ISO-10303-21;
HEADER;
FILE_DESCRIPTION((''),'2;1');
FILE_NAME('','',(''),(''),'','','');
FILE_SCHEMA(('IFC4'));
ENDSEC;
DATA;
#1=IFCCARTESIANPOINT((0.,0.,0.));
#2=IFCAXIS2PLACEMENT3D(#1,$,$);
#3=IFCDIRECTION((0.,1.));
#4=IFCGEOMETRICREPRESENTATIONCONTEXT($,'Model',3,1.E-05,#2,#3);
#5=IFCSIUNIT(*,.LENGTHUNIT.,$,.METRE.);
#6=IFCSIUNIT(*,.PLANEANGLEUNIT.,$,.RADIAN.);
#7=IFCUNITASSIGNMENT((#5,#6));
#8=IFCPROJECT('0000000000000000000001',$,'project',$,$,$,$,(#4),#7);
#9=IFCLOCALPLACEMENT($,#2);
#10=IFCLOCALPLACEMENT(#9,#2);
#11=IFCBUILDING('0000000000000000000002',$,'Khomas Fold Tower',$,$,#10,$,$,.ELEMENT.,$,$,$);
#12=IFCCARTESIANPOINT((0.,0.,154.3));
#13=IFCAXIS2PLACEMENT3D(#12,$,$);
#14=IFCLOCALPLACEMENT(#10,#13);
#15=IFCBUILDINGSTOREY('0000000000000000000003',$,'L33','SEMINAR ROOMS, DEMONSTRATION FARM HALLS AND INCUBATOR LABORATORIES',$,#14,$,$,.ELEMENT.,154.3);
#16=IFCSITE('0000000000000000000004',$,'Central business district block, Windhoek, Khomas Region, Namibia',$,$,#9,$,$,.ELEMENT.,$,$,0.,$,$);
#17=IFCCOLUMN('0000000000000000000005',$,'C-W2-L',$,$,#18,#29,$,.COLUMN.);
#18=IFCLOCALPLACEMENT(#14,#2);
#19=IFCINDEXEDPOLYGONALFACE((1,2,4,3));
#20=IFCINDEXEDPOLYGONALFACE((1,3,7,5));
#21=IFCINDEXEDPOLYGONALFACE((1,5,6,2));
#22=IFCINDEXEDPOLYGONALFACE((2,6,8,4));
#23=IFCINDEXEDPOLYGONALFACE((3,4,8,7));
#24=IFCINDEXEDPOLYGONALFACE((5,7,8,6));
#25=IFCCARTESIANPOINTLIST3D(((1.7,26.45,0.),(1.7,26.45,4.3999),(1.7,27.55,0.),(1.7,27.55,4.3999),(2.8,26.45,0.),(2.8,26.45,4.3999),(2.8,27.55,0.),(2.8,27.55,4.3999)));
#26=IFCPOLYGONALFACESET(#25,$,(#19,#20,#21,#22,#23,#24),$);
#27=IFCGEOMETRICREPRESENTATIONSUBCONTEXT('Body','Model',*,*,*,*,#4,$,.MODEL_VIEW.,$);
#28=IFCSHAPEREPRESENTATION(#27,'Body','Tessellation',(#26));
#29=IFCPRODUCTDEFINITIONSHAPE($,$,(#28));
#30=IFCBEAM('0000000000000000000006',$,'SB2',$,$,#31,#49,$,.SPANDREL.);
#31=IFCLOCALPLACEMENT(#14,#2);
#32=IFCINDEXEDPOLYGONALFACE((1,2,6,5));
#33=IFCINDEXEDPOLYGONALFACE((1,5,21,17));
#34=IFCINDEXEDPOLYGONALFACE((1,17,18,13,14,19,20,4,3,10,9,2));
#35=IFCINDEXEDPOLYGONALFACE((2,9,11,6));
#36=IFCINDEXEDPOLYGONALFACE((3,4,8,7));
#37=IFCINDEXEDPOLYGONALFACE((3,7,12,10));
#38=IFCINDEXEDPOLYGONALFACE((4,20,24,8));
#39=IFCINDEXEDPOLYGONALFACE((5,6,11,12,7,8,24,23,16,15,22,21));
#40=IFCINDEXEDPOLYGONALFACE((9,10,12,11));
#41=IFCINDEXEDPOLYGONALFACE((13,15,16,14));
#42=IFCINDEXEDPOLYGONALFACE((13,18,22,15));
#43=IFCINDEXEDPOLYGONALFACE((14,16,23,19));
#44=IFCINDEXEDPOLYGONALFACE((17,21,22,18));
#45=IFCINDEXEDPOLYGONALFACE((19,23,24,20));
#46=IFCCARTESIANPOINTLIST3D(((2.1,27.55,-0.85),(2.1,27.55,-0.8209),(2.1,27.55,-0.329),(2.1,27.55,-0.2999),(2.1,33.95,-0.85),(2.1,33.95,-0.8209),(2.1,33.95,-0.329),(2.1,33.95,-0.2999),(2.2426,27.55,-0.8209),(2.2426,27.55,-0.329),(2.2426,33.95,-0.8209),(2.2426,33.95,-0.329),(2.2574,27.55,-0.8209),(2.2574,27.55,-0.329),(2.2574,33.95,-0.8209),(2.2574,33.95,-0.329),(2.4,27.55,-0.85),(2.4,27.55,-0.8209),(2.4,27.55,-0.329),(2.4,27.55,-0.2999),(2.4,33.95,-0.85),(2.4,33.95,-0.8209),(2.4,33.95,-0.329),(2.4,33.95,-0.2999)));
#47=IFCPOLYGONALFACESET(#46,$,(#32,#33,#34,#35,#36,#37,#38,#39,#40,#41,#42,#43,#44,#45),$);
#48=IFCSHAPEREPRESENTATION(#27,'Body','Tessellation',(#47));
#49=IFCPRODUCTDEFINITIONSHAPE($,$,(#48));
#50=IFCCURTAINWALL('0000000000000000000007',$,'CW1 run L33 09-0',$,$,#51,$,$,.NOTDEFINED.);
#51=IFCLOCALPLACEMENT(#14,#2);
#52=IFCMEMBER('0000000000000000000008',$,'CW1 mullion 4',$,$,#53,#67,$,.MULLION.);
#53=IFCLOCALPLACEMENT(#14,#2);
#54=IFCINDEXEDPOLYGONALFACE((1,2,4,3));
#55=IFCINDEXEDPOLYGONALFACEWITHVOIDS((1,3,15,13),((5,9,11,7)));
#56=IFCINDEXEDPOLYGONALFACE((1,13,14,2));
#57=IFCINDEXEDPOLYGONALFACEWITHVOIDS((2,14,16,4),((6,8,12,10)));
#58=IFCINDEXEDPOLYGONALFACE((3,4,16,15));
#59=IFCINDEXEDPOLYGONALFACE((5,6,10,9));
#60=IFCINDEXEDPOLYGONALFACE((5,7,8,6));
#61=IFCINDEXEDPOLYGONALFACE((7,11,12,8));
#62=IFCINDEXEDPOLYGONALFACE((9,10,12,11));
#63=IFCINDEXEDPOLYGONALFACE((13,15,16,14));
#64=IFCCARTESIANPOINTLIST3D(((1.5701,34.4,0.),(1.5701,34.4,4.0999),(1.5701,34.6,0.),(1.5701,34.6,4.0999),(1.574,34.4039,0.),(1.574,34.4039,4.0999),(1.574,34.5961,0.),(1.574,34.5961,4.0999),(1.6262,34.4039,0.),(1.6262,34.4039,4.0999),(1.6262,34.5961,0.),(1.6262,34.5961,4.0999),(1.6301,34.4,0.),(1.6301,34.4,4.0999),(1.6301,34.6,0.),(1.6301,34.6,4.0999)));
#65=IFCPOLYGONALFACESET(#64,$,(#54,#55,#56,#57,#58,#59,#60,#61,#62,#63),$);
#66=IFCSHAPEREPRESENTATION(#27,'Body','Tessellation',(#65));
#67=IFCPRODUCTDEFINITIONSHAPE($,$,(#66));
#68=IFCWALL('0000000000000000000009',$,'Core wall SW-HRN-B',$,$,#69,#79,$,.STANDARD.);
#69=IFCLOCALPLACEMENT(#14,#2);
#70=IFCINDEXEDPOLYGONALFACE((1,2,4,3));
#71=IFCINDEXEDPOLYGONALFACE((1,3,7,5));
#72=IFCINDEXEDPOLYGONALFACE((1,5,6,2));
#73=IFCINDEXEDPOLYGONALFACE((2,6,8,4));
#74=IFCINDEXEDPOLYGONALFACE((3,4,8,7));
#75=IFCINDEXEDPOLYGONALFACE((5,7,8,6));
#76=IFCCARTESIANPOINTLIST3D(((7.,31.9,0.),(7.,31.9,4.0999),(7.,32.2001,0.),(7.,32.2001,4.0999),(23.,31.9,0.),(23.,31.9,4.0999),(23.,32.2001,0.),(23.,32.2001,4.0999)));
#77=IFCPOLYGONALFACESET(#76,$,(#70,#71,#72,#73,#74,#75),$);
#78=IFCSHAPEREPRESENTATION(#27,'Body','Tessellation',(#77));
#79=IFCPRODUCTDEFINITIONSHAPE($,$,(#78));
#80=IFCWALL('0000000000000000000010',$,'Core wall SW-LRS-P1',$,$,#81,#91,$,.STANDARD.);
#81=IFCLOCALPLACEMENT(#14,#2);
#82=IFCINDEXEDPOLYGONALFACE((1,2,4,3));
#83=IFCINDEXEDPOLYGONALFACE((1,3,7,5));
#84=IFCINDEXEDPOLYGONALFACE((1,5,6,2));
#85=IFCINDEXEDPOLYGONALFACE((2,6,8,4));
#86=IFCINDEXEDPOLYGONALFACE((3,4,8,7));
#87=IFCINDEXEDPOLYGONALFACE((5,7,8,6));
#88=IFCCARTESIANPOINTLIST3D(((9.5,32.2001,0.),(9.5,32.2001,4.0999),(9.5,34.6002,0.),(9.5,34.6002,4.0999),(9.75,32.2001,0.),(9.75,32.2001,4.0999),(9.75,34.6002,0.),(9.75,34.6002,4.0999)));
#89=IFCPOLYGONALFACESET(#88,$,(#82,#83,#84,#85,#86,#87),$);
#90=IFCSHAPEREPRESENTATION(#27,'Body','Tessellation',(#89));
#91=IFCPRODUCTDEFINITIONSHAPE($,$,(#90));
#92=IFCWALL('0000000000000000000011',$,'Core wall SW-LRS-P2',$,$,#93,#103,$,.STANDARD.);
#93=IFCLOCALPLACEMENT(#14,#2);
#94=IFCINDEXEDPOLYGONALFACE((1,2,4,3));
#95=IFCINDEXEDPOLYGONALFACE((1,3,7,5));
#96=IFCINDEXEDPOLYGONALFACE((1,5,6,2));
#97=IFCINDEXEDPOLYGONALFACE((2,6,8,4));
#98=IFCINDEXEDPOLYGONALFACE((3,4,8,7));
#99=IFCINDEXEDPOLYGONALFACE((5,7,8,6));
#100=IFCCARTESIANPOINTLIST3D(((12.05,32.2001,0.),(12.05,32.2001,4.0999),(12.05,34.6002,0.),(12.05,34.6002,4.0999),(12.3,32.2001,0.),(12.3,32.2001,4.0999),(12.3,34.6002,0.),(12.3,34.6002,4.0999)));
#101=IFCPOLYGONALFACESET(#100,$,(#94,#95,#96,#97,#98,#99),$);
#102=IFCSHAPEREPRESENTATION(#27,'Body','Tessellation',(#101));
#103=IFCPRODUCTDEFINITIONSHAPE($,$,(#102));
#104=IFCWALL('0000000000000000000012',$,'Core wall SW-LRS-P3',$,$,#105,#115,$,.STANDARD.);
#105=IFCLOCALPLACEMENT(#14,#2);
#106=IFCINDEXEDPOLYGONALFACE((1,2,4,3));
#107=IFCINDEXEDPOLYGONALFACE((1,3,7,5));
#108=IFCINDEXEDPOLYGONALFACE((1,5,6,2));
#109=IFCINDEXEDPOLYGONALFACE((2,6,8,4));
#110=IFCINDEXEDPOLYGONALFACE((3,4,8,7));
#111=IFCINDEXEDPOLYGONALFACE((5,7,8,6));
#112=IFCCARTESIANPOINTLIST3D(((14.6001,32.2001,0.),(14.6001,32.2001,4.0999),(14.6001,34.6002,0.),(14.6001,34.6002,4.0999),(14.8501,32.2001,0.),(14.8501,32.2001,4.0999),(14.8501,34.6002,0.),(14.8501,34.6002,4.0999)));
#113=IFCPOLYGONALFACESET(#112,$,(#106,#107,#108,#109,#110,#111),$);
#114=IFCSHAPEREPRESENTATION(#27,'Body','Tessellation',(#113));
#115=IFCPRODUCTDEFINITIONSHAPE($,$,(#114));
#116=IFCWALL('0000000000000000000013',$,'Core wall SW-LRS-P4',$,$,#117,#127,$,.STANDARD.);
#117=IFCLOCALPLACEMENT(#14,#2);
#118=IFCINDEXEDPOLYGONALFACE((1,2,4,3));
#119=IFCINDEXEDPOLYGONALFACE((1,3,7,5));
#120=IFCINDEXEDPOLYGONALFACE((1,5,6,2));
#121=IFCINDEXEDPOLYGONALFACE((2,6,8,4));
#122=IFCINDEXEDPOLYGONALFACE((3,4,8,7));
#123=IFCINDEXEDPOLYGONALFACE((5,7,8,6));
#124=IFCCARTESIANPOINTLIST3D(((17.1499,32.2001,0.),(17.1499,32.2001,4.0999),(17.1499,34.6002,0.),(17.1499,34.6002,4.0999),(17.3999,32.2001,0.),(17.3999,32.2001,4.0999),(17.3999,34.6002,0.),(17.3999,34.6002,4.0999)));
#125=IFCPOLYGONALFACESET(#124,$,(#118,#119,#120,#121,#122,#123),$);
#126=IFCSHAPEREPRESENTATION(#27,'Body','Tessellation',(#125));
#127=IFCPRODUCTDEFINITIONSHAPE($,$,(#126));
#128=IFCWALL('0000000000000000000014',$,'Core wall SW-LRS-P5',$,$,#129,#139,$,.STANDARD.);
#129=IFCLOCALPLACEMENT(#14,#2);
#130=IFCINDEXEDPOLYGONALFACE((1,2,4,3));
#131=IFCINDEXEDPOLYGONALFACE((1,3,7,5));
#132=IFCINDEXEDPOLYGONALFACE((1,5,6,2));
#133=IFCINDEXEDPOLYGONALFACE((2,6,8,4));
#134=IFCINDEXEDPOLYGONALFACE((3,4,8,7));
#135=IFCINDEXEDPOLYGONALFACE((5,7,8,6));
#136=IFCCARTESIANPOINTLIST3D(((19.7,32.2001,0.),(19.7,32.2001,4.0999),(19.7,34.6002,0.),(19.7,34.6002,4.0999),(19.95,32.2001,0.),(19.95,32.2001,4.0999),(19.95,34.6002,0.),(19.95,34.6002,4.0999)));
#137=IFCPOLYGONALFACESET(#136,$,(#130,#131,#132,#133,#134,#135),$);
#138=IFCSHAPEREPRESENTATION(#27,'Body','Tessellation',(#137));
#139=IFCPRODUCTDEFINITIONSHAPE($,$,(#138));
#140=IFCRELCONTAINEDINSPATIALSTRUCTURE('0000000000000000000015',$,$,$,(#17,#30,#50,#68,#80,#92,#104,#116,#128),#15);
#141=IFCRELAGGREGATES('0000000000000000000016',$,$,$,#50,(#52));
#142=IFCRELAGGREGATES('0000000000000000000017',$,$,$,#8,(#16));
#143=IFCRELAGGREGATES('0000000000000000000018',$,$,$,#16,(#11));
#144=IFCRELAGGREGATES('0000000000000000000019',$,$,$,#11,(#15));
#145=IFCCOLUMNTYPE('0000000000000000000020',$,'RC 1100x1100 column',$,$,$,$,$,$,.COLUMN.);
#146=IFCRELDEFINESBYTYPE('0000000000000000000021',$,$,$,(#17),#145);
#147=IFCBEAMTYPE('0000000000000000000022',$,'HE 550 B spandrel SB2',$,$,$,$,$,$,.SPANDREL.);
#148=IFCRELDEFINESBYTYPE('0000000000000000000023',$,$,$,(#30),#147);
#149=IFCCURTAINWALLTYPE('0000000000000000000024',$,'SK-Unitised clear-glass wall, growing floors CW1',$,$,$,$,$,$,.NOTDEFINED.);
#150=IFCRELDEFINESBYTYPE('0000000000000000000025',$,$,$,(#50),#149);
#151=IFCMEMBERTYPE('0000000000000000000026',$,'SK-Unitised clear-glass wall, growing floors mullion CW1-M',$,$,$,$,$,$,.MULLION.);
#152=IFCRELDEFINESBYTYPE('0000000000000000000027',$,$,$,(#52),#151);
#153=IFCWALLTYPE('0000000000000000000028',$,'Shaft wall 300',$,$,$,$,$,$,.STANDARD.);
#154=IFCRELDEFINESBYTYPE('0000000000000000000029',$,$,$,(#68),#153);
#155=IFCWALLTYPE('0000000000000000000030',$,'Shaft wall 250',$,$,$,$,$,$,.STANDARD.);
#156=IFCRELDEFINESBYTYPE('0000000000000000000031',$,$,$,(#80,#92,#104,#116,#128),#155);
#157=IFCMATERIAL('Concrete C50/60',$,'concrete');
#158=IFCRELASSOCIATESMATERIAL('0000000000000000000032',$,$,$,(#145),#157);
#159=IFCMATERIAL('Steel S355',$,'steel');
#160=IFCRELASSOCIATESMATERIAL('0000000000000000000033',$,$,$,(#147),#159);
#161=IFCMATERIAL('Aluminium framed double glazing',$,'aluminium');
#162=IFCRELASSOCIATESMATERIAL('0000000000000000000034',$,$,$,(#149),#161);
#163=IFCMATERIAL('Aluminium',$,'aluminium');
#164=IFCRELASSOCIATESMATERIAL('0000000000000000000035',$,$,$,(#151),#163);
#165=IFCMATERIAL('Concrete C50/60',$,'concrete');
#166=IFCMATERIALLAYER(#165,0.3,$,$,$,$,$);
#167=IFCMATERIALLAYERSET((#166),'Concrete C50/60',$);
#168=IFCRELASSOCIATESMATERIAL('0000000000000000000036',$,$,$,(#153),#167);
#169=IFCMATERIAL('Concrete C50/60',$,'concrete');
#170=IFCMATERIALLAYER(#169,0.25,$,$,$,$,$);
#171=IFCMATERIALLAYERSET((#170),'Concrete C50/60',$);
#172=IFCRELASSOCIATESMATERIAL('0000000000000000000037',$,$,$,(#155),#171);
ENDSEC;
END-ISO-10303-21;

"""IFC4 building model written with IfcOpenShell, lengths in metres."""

from ifc_helpers import new_model, si_unit, direction, frame, frame_2d, origin, origin_2d, place, context, subcontext, project, spatial, rectangle, hollow_rectangle, i_section, extrude, source, transform, mapped, material, layer, layer_set, material_profile, profile_set, type_object, element, aggregate, save


model = new_model("IFC4")

# Units and contexts
model_context = context("Model", 3, precision=1e-05, world=origin(), true_north=direction((0.0, 1.0)))
body_context = subcontext(model_context, "Body", "Model", "MODEL_VIEW")
ifc_project = project(units=[si_unit("LENGTHUNIT", "METRE"), si_unit("PLANEANGLEUNIT", "RADIAN")], contexts=[model_context])

# Site, building, storey
site_placement = place(None, origin())
site = spatial("IfcSite", under=ifc_project, at=site_placement, Name="Central business district block, Windhoek, Khomas Region, Namibia", CompositionType="ELEMENT", RefElevation=0.0)
building_placement = place(site_placement, origin())
building = spatial("IfcBuilding", under=site, at=building_placement, Name="Khomas Fold Tower", CompositionType="ELEMENT")
storey_placement = place(building_placement, frame((0.0, 0.0, 154.3)))
storey = spatial("IfcBuildingStorey", under=building, at=storey_placement, Name="L33", Description="SEMINAR ROOMS, DEMONSTRATION FARM HALLS AND INCUBATOR LABORATORIES", CompositionType="ELEMENT", Elevation=154.3)

# Column
ifc_material_1 = material(Name="Concrete C50/60", Category="concrete")
ifc_material_profile_1 = material_profile(ifc_material_1, rectangle(XDim=1.1001, YDim=1.1001, at=origin_2d()), Name="RC 1100x1100")
ifc_profile_set_1 = profile_set([ifc_material_profile_1], Name="Concrete C50/60")
column_type = type_object("IfcColumnType", Name="RC 1100x1100 column", PredefinedType="COLUMN", material=ifc_profile_set_1)
shared_shape_1 = source(origin(), body_context, "Body", "SweptSolid", [
    extrude(rectangle(XDim=1.1001, YDim=1.1001, at=origin_2d()), origin(), (0.0, 0.0, 1.0), 4.3999),
])
column_placement = place(storey_placement, frame((2.25, 27.0, 0.0), z_axis=(0.0, 0.0, 1.0), x_axis=(1.0, 0.0, 0.0)))
element("IfcColumn", 1, at=column_placement, inside=storey, type_object=column_type, Name="C-W2-L", PredefinedType="COLUMN", context=body_context, shape_type="MappedRepresentation", body=[
    mapped(shared_shape_1, transform((0.0, 0.0, 0.0))),
])

# Beam
ifc_material_2 = material(Name="Steel S355", Category="steel")
ifc_material_profile_2 = material_profile(ifc_material_2, i_section(OverallWidth=0.3, OverallDepth=0.55, WebThickness=0.0149, FlangeThickness=0.0291, at=origin_2d()), Name="HE 550 B")
ifc_profile_set_2 = profile_set([ifc_material_profile_2], Name="Steel S355")
beam_type = type_object("IfcBeamType", Name="HE 550 B spandrel SB2", PredefinedType="SPANDREL", material=ifc_profile_set_2)
shared_shape_2 = source(origin(), body_context, "Body", "SweptSolid", [
    extrude(i_section(OverallWidth=0.3, OverallDepth=0.55, WebThickness=0.0149, FlangeThickness=0.0291, at=origin_2d()), origin(), (0.0, 0.0, 1.0), 6.3999),
])
beam_placement = place(storey_placement, frame((2.25, 27.55, -0.575), z_axis=(0.0, 1.0, 0.0), x_axis=(-1.0, 0.0, 0.0)))
element("IfcBeam", 2, at=beam_placement, inside=storey, type_object=beam_type, Name="SB2", PredefinedType="SPANDREL", context=body_context, shape_type="MappedRepresentation", body=[
    mapped(shared_shape_2, transform((0.0, 0.0, 0.0))),
])

# Curtain wall, member
ifc_material_3 = material(Name="Aluminium framed double glazing", Category="aluminium")
curtain_wall_type = type_object("IfcCurtainWallType", Name="SK-Unitised clear-glass wall, growing floors CW1", PredefinedType="NOTDEFINED", material=ifc_material_3)
curtain_wall_placement = place(storey_placement, origin())
curtain_wall = element("IfcCurtainWall", 3, at=curtain_wall_placement, inside=storey, type_object=curtain_wall_type, Name="CW1 run L33 09-0", PredefinedType="NOTDEFINED")
ifc_material_4 = material(Name="Aluminium", Category="aluminium")
ifc_material_profile_3 = material_profile(ifc_material_4, hollow_rectangle(XDim=0.0601, YDim=0.2, WallThickness=0.0039, at=origin_2d()), Name="SK-Unitised clear-glass wall, growing floors mullion CW1-M")
ifc_profile_set_3 = profile_set([ifc_material_profile_3], Name="Aluminium")
member_type = type_object("IfcMemberType", Name="SK-Unitised clear-glass wall, growing floors mullion CW1-M", PredefinedType="MULLION", material=ifc_profile_set_3)
shared_shape_3 = source(origin(), body_context, "Body", "SweptSolid", [
    extrude(hollow_rectangle(XDim=0.0601, YDim=0.2, WallThickness=0.0039, at=origin_2d()), origin(), (0.0, 0.0, 1.0), 4.0999),
])
member_placement = place(storey_placement, frame((1.6001, 34.5, 0.0), z_axis=(0.0, 0.0, 1.0), x_axis=(1.0, 0.0, 0.0)))
member = element("IfcMember", 4, at=member_placement, type_object=member_type, Name="CW1 mullion 4", PredefinedType="MULLION", context=body_context, shape_type="MappedRepresentation", body=[
    mapped(shared_shape_3, transform((0.0, 0.0, 0.0))),
])
aggregate(curtain_wall, [member])

# Walls
ifc_material_5 = material(Name="Concrete C50/60", Category="concrete")
ifc_layer_1 = layer(ifc_material_5, 0.3)
ifc_layer_set_1 = layer_set([ifc_layer_1], Name="Concrete C50/60")
wall_type_1 = type_object("IfcWallType", Name="Shaft wall 300", PredefinedType="STANDARD", material=ifc_layer_set_1)
shared_shape_4 = source(origin(), body_context, "Body", "SweptSolid", [
    extrude(rectangle(XDim=16.0, YDim=0.3, at=frame_2d((8.0, 0.0))), origin(), (0.0, 0.0, 1.0), 4.0999),
])
wall_1_placement = place(storey_placement, frame((7.0, 32.05, 0.0), z_axis=(0.0, 0.0, 1.0), x_axis=(1.0, 0.0, 0.0)))
element("IfcWall", 5, at=wall_1_placement, inside=storey, type_object=wall_type_1, Name="Core wall SW-HRN-B", PredefinedType="STANDARD", context=body_context, shape_type="MappedRepresentation", body=[
    mapped(shared_shape_4, transform((0.0, 0.0, 0.0))),
])
ifc_material_6 = material(Name="Concrete C50/60", Category="concrete")
ifc_layer_2 = layer(ifc_material_6, 0.25)
ifc_layer_set_2 = layer_set([ifc_layer_2], Name="Concrete C50/60")
wall_type_2 = type_object("IfcWallType", Name="Shaft wall 250", PredefinedType="STANDARD", material=ifc_layer_set_2)
shared_shape_5 = source(origin(), body_context, "Body", "SweptSolid", [
    extrude(rectangle(XDim=2.4001, YDim=0.25, at=frame_2d((1.2002, 0.0))), origin(), (0.0, 0.0, 1.0), 4.0999),
])
for number, where, z_axis, x_axis, name in (
    (6, (9.625, 32.2, 0.0), (0.0, 0.0, 1.0), (0.0, 1.0, 0.0), "Core wall SW-LRS-P1"),
    (7, (12.175, 32.2, 0.0), (0.0, 0.0, 1.0), (0.0, 1.0, 0.0), "Core wall SW-LRS-P2"),
    (8, (14.7251, 32.2, 0.0), (0.0, 0.0, 1.0), (0.0, 1.0, 0.0), "Core wall SW-LRS-P3"),
    (9, (17.2749, 32.2, 0.0), (0.0, 0.0, 1.0), (0.0, 1.0, 0.0), "Core wall SW-LRS-P4"),
    (10, (19.825, 32.2, 0.0), (0.0, 0.0, 1.0), (0.0, 1.0, 0.0), "Core wall SW-LRS-P5"),
):
    element("IfcWall", number, at=place(storey_placement, frame(where, z_axis=z_axis, x_axis=x_axis)), inside=storey, type_object=wall_type_2, Name=name, PredefinedType="STANDARD", context=body_context, shape_type="MappedRepresentation", body=[
        mapped(shared_shape_5, transform((0.0, 0.0, 0.0))),
    ])

save(model, "model.ifc")
